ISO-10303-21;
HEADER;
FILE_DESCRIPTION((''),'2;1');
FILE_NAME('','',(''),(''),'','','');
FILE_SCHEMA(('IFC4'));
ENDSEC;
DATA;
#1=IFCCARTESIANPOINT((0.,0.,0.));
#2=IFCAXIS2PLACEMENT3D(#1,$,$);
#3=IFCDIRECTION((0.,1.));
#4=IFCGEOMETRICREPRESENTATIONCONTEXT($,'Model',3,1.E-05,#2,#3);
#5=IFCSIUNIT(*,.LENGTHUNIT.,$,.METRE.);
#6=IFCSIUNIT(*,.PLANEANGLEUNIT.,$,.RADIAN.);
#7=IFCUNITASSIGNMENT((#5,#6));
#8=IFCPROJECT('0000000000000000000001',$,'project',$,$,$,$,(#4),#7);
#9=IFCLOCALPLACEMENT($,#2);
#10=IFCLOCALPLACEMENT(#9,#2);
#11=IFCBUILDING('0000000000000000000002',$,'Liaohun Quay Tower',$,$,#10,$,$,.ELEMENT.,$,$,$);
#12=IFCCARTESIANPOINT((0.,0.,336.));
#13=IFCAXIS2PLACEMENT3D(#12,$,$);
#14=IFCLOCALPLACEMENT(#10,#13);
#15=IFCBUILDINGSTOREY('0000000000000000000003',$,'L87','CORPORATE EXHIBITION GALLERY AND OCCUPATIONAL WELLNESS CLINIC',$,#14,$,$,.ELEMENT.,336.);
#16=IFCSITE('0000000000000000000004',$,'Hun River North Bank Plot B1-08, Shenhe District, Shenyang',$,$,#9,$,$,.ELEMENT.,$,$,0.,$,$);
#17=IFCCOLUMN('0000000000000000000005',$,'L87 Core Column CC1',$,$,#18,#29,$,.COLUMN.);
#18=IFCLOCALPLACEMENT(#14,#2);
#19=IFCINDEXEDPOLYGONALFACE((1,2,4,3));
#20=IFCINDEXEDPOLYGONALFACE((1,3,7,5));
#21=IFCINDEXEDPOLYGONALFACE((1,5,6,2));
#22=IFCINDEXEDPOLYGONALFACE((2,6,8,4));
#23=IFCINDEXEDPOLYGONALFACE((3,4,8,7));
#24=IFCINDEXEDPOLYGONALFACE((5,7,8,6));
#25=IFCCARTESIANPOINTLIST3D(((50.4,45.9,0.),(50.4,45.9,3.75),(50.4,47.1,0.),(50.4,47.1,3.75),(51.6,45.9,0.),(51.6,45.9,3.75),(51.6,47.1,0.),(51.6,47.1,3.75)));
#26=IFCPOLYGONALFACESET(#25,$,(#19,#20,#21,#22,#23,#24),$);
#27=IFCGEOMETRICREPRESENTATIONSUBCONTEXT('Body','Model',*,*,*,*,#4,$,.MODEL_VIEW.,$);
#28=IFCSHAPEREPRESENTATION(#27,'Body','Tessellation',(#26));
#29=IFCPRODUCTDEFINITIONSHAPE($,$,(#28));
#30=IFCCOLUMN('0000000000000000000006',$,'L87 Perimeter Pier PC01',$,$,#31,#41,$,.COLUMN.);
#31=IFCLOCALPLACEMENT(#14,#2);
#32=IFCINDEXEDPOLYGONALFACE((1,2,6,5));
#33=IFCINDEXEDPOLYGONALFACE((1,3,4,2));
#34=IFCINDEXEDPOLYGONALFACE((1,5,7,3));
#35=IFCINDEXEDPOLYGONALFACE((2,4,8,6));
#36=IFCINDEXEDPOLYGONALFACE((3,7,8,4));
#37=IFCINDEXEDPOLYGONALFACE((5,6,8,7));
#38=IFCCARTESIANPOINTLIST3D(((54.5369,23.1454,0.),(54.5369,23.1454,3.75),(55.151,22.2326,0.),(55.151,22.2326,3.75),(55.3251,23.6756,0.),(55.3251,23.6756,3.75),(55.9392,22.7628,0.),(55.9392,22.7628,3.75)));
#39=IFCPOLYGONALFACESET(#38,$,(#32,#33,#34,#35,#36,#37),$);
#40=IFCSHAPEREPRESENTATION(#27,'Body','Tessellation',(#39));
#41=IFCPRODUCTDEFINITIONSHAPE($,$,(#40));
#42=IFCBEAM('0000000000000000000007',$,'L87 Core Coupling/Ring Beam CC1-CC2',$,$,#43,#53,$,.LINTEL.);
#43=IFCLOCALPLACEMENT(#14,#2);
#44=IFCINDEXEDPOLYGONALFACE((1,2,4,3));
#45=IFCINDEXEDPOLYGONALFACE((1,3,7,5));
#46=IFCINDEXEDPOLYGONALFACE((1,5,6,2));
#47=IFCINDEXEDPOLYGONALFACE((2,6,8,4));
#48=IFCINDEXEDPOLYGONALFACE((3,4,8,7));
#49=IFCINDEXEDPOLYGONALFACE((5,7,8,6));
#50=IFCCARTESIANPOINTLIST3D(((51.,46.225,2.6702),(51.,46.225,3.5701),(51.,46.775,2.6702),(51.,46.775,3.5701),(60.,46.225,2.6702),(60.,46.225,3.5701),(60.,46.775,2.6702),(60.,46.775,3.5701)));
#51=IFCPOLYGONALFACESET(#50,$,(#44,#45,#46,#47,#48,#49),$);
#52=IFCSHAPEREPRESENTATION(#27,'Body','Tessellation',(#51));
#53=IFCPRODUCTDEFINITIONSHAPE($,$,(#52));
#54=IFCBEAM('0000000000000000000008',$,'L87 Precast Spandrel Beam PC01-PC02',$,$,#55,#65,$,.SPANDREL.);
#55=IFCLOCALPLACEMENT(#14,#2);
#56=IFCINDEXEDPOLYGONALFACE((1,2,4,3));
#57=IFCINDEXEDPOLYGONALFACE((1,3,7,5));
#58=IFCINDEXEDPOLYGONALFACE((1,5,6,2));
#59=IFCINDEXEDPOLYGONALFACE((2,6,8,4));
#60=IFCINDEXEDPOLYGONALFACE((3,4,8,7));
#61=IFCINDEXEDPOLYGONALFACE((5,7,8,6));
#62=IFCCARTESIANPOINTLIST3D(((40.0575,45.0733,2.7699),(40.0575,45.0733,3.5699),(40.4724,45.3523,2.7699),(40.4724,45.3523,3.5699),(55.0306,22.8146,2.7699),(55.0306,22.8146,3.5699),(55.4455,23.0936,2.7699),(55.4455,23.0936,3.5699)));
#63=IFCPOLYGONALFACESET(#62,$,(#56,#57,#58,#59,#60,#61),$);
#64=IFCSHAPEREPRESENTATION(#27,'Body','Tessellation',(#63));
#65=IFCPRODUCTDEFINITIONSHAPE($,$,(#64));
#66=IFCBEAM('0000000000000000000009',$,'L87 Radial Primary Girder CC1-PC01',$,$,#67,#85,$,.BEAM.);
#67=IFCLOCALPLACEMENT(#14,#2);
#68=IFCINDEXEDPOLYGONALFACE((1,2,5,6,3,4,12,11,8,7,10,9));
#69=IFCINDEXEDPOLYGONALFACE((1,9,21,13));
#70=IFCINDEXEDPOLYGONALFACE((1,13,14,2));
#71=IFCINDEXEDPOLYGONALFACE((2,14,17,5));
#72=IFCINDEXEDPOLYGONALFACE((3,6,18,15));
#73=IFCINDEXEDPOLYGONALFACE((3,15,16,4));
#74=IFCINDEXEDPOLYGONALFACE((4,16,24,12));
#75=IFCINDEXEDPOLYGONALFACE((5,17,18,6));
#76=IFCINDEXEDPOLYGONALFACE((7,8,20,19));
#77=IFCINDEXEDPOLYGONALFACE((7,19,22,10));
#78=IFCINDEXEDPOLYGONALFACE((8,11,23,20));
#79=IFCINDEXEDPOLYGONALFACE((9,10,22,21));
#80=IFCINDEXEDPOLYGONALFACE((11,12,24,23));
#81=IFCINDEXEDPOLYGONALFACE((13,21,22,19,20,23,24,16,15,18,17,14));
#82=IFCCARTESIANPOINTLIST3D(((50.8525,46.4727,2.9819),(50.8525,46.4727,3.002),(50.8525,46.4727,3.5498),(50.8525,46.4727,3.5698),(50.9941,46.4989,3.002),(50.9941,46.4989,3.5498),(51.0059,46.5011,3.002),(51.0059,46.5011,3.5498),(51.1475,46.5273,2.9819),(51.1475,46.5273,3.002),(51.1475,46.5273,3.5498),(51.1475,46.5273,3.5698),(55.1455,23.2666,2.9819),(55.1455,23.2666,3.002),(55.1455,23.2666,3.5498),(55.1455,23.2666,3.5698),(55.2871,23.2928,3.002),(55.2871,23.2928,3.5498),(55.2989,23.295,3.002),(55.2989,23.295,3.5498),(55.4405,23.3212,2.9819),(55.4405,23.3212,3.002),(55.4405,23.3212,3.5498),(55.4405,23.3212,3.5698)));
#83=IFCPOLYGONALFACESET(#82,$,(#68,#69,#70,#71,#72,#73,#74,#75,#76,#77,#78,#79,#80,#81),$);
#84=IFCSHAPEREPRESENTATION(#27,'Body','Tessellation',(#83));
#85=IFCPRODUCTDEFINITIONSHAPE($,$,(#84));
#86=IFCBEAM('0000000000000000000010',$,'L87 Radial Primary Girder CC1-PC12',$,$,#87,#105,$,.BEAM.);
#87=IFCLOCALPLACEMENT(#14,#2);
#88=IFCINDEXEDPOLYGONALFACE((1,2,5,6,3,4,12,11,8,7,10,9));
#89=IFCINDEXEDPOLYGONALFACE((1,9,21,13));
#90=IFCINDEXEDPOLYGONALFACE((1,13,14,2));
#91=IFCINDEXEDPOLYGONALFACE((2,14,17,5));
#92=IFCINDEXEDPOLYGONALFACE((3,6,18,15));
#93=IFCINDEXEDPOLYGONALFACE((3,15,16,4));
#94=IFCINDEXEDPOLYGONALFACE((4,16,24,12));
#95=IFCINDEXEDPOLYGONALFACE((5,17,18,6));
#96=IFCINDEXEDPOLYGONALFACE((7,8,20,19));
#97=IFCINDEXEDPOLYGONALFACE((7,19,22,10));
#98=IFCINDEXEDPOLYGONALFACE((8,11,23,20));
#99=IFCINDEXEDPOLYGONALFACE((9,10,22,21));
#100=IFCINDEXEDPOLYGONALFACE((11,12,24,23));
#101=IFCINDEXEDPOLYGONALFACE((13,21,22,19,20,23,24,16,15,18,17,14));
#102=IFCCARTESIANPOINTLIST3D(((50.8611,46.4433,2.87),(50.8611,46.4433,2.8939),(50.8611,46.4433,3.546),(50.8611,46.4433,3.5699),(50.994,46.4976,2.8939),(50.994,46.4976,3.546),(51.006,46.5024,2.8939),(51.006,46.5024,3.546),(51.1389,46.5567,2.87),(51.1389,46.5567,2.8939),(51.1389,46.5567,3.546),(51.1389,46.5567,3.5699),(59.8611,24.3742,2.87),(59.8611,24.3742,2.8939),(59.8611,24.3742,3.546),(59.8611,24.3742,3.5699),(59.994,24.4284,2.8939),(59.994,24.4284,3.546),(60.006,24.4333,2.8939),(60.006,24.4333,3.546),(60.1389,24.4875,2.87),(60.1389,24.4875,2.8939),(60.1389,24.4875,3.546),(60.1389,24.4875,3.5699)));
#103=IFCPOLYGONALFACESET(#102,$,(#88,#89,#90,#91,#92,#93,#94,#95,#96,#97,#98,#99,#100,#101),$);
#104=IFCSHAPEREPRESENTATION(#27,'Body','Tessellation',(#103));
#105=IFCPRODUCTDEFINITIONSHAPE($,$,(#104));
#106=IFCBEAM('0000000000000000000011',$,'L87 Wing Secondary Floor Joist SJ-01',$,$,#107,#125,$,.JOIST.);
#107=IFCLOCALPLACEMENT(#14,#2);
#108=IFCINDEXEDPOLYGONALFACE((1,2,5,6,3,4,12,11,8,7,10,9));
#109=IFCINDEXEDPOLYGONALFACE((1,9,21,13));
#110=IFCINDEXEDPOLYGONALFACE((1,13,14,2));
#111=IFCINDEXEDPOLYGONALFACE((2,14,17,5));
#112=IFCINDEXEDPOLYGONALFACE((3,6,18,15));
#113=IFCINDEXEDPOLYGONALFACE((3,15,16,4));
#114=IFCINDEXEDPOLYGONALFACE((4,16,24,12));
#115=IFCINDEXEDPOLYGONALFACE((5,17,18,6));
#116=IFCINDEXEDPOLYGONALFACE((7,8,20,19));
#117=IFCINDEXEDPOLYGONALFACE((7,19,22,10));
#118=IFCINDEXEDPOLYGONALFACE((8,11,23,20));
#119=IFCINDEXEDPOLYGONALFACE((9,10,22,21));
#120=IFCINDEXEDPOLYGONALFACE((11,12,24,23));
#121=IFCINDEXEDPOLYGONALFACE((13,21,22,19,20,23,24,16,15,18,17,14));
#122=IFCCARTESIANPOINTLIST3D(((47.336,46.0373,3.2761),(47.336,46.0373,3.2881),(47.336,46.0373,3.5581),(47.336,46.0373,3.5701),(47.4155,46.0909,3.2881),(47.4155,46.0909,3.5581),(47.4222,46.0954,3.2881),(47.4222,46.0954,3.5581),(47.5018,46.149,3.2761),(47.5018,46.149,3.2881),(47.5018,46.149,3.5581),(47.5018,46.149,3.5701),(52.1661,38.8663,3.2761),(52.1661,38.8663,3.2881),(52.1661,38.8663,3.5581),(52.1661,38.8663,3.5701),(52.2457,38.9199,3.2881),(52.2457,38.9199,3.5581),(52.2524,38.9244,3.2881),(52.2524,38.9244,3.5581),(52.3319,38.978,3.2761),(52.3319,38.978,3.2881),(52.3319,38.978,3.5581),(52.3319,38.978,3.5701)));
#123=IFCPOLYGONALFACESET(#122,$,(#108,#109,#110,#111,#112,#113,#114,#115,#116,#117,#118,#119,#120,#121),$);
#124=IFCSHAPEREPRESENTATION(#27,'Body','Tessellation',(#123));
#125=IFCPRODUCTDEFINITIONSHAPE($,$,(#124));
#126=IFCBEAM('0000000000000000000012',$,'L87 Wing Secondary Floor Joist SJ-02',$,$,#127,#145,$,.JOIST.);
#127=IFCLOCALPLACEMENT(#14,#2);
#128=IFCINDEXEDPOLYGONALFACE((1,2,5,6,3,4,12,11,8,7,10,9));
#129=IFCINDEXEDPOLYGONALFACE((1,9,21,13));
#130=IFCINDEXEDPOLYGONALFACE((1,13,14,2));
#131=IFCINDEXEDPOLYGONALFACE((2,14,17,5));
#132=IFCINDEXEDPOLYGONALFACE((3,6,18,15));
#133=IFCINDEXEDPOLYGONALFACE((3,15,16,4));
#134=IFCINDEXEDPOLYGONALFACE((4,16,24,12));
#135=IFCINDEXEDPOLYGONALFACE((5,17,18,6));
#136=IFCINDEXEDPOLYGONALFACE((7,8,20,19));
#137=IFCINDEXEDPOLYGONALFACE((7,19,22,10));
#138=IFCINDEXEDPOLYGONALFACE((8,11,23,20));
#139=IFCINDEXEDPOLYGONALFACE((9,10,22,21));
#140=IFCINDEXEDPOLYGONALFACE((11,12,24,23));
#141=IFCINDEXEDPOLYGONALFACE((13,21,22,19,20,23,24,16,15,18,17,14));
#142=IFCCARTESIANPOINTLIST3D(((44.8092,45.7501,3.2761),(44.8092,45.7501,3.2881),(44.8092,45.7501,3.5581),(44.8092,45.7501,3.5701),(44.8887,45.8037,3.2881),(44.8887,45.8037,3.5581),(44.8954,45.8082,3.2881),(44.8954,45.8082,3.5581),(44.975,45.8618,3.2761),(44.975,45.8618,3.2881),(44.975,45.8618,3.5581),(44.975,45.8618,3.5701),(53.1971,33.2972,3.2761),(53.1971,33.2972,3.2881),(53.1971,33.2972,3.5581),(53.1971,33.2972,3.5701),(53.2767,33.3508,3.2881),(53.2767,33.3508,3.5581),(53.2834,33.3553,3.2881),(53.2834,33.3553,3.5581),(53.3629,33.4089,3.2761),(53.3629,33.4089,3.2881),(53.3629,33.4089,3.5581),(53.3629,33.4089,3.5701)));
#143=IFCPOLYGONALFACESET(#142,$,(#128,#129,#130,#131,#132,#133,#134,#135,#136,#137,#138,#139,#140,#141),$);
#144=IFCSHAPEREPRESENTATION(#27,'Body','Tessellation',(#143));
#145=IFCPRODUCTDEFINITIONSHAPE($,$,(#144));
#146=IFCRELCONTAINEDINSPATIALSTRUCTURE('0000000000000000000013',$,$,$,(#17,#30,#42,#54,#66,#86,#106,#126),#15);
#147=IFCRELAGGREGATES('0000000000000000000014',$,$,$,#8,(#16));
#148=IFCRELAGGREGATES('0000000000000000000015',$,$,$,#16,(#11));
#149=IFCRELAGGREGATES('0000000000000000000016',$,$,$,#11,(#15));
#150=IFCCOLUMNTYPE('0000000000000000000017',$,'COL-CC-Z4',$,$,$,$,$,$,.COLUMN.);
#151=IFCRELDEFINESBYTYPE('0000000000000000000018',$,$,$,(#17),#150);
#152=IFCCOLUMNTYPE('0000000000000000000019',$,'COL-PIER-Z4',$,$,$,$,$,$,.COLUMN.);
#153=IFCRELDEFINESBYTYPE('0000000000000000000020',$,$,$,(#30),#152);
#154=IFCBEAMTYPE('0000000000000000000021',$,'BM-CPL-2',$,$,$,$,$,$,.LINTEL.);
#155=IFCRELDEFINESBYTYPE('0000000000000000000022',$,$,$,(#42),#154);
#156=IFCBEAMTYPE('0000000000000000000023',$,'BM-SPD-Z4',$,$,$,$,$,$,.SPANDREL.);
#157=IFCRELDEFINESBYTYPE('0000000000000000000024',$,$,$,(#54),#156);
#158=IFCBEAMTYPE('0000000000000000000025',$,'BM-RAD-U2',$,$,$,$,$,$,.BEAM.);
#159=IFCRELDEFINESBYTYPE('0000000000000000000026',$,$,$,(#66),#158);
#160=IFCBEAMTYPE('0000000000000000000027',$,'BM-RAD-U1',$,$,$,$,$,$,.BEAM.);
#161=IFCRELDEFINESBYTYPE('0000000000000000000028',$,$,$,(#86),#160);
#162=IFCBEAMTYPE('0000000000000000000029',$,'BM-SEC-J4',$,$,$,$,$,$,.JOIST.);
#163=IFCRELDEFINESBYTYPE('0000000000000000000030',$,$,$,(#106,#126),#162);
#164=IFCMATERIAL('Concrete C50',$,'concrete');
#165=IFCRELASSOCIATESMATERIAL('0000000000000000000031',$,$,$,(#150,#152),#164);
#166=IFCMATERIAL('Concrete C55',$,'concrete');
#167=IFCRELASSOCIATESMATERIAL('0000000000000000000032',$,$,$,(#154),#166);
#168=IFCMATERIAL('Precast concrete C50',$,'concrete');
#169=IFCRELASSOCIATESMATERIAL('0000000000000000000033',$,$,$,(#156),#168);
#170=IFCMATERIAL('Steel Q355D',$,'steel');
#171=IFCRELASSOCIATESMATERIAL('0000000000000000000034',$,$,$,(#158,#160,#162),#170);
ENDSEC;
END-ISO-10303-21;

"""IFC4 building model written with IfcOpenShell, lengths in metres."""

from ifc_helpers import new_model, si_unit, direction, frame, origin, origin_2d, place, context, subcontext, project, spatial, rectangle, i_section, extrude, source, transform, mapped, material, material_profile, profile_set, type_object, element, save


model = new_model("IFC4")

# Units and contexts
model_context = context("Model", 3, precision=1e-05, world=origin(), true_north=direction((0.0, 1.0)))
body_context = subcontext(model_context, "Body", "Model", "MODEL_VIEW")
ifc_project = project(units=[si_unit("LENGTHUNIT", "METRE"), si_unit("PLANEANGLEUNIT", "RADIAN")], contexts=[model_context])

# Site, building, storey
site_placement = place(None, origin())
site = spatial("IfcSite", under=ifc_project, at=site_placement, Name="Hun River North Bank Plot B1-08, Shenhe District, Shenyang", CompositionType="ELEMENT", RefElevation=0.0)
building_placement = place(site_placement, origin())
building = spatial("IfcBuilding", under=site, at=building_placement, Name="Liaohun Quay Tower", CompositionType="ELEMENT")
storey_placement = place(building_placement, frame((0.0, 0.0, 336.0)))
storey = spatial("IfcBuildingStorey", under=building, at=storey_placement, Name="L87", Description="CORPORATE EXHIBITION GALLERY AND OCCUPATIONAL WELLNESS CLINIC", CompositionType="ELEMENT", Elevation=336.0)

# Columns
ifc_material_1 = material(Name="Concrete C50", Category="concrete")
ifc_material_profile_1 = material_profile(ifc_material_1, rectangle(XDim=1.2, YDim=1.2, at=origin_2d()), Name="RC1200x1200")
ifc_profile_set_1 = profile_set([ifc_material_profile_1], Name="Concrete C50")
column_type_1 = type_object("IfcColumnType", Name="COL-CC-Z4", PredefinedType="COLUMN", material=ifc_profile_set_1)
shared_shape_1 = source(origin(), body_context, "Body", "SweptSolid", [
    extrude(rectangle(XDim=1.2, YDim=1.2, at=origin_2d()), origin(), (0.0, 0.0, 1.0), 3.75),
])
column_1_placement = place(storey_placement, frame((51.0, 46.5, 0.0), z_axis=(0.0, 0.0, 1.0), x_axis=(1.0, 0.0, 0.0)))
element("IfcColumn", 1, at=column_1_placement, inside=storey, type_object=column_type_1, Name="L87 Core Column CC1", PredefinedType="COLUMN", context=body_context, shape_type="MappedRepresentation", body=[
    mapped(shared_shape_1, transform((0.0, 0.0, 0.0), x_axis=(1.0, 0.0, 0.0), y_axis=(0.0, 1.0, 0.0), z_axis=(0.0, 0.0, 1.0), scale=1.0)),
])
ifc_material_profile_2 = material_profile(ifc_material_1, rectangle(XDim=1.1001, YDim=0.95, at=origin_2d()), Name="RC1100x950")
ifc_profile_set_2 = profile_set([ifc_material_profile_2], Name="Concrete C50")
column_type_2 = type_object("IfcColumnType", Name="COL-PIER-Z4", PredefinedType="COLUMN", material=ifc_profile_set_2)
shared_shape_2 = source(origin(), body_context, "Body", "SweptSolid", [
    extrude(rectangle(XDim=1.1001, YDim=0.95, at=origin_2d()), origin(), (0.0, 0.0, 1.0), 3.75),
])
column_2_placement = place(storey_placement, frame((55.238, 22.9541, 0.0), z_axis=(0.0, 0.0, 1.0), x_axis=(-0.55818, 0.82972, 0.0)))
element("IfcColumn", 2, at=column_2_placement, inside=storey, type_object=column_type_2, Name="L87 Perimeter Pier PC01", PredefinedType="COLUMN", context=body_context, shape_type="MappedRepresentation", body=[
    mapped(shared_shape_2, transform((0.0, 0.0, 0.0), x_axis=(1.0, 0.0, 0.0), y_axis=(0.0, 1.0, 0.0), z_axis=(0.0, 0.0, 1.0), scale=1.0)),
])

# Beams
ifc_material_2 = material(Name="Concrete C55", Category="concrete")
ifc_material_profile_3 = material_profile(ifc_material_2, rectangle(XDim=0.55, YDim=0.8999, at=origin_2d()), Name="RC550x900")
ifc_profile_set_3 = profile_set([ifc_material_profile_3], Name="Concrete C55")
beam_type_1 = type_object("IfcBeamType", Name="BM-CPL-2", PredefinedType="LINTEL", material=ifc_profile_set_3)
shared_shape_3 = source(origin(), body_context, "Body", "SweptSolid", [
    extrude(rectangle(XDim=0.55, YDim=0.8999, at=origin_2d()), origin(), (0.0, 0.0, 1.0), 9.0),
])
beam_1_placement = place(storey_placement, frame((51.0, 46.5, 3.1201), z_axis=(1.0, 0.0, 0.0), x_axis=(0.0, 1.0, 0.0)))
element("IfcBeam", 3, at=beam_1_placement, inside=storey, type_object=beam_type_1, Name="L87 Core Coupling/Ring Beam CC1-CC2", PredefinedType="LINTEL", context=body_context, shape_type="MappedRepresentation", body=[
    mapped(shared_shape_3, transform((0.0, 0.0, 0.0), x_axis=(1.0, 0.0, 0.0), y_axis=(0.0, 1.0, 0.0), z_axis=(0.0, 0.0, 1.0), scale=1.0)),
])
ifc_material_3 = material(Name="Precast concrete C50", Category="concrete")
ifc_material_profile_4 = material_profile(ifc_material_3, rectangle(XDim=0.5, YDim=0.8, at=origin_2d()), Name="RC500x800")
ifc_profile_set_4 = profile_set([ifc_material_profile_4], Name="Precast concrete C50")
beam_type_2 = type_object("IfcBeamType", Name="BM-SPD-Z4", PredefinedType="SPANDREL", material=ifc_profile_set_4)
shared_shape_4 = source(origin(), body_context, "Body", "SweptSolid", [
    extrude(rectangle(XDim=0.5, YDim=0.8, at=origin_2d()), origin(), (0.0, 0.0, 1.0), 26.8262),
])
beam_2_placement = place(storey_placement, frame((55.238, 22.9541, 3.1699), z_axis=(-0.558152, 0.829739, 0.0), x_axis=(-0.829739, -0.558152, 0.0)))
element("IfcBeam", 4, at=beam_2_placement, inside=storey, type_object=beam_type_2, Name="L87 Precast Spandrel Beam PC01-PC02", PredefinedType="SPANDREL", context=body_context, shape_type="MappedRepresentation", body=[
    mapped(shared_shape_4, transform((0.0, 0.0, 0.0), x_axis=(1.0, 0.0, 0.0), y_axis=(0.0, 1.0, 0.0), z_axis=(0.0, 0.0, 1.0), scale=1.0)),
])
ifc_material_4 = material(Name="Steel Q355D", Category="steel")
ifc_material_profile_5 = material_profile(ifc_material_4, i_section(OverallWidth=0.3, OverallDepth=0.5879, WebThickness=0.012, FlangeThickness=0.02, at=origin_2d()), Name="HM588x300x12x20")
ifc_profile_set_5 = profile_set([ifc_material_profile_5], Name="Steel Q355D")
beam_type_3 = type_object("IfcBeamType", Name="BM-RAD-U2", PredefinedType="BEAM", material=ifc_profile_set_5)
shared_shape_5 = source(origin(), body_context, "Body", "SweptSolid", [
    extrude(i_section(OverallWidth=0.3, OverallDepth=0.5879, WebThickness=0.012, FlangeThickness=0.02, at=origin_2d()), origin(), (0.0, 0.0, 1.0), 23.5999),
])
beam_3_placement = place(storey_placement, frame((51.0, 46.5, 3.2759), z_axis=(0.181907, -0.983316, 0.0), x_axis=(0.983316, 0.181907, 0.0)))
element("IfcBeam", 5, at=beam_3_placement, inside=storey, type_object=beam_type_3, Name="L87 Radial Primary Girder CC1-PC01", PredefinedType="BEAM", context=body_context, shape_type="MappedRepresentation", body=[
    mapped(shared_shape_5, transform((0.0, 0.0, 0.0), x_axis=(1.0, 0.0, 0.0), y_axis=(0.0, 1.0, 0.0), z_axis=(0.0, 0.0, 1.0), scale=1.0)),
])
ifc_material_profile_6 = material_profile(ifc_material_4, i_section(OverallWidth=0.3, OverallDepth=0.7, WebThickness=0.0129, FlangeThickness=0.0239, at=origin_2d()), Name="HN700x300x13x24")
ifc_profile_set_6 = profile_set([ifc_material_profile_6], Name="Steel Q355D")
beam_type_4 = type_object("IfcBeamType", Name="BM-RAD-U1", PredefinedType="BEAM", material=ifc_profile_set_6)
shared_shape_6 = source(origin(), body_context, "Body", "SweptSolid", [
    extrude(i_section(OverallWidth=0.3, OverallDepth=0.7, WebThickness=0.0129, FlangeThickness=0.0239, at=origin_2d()), origin(), (0.0, 0.0, 1.0), 23.8337),
])
beam_4_placement = place(storey_placement, frame((51.0, 46.5, 3.22), z_axis=(0.377617, -0.925962, 0.0), x_axis=(0.925962, 0.377617, 0.0)))
element("IfcBeam", 6, at=beam_4_placement, inside=storey, type_object=beam_type_4, Name="L87 Radial Primary Girder CC1-PC12", PredefinedType="BEAM", context=body_context, shape_type="MappedRepresentation", body=[
    mapped(shared_shape_6, transform((0.0, 0.0, 0.0), x_axis=(1.0, 0.0, 0.0), y_axis=(0.0, 1.0, 0.0), z_axis=(0.0, 0.0, 1.0), scale=1.0)),
])
ifc_material_profile_7 = material_profile(ifc_material_4, i_section(OverallWidth=0.2, OverallDepth=0.2939, WebThickness=0.0081, FlangeThickness=0.012, at=origin_2d()), Name="HM294x200x8x12")
ifc_profile_set_7 = profile_set([ifc_material_profile_7], Name="Steel Q355D")
beam_type_5 = type_object("IfcBeamType", Name="BM-SEC-J4", PredefinedType="JOIST", material=ifc_profile_set_7)
shared_shape_7 = source(origin(), body_context, "Body", "SweptSolid", [
    extrude(i_section(OverallWidth=0.2, OverallDepth=0.2939, WebThickness=0.0081, FlangeThickness=0.012, at=origin_2d()), origin(), (0.0, 0.0, 1.0), 8.646),
])
beam_5_placement = place(storey_placement, frame((52.249, 38.9221, 3.4231), z_axis=(-0.558656, 0.8294, 0.0), x_axis=(-0.8294, -0.558656, 0.0)))
element("IfcBeam", 7, at=beam_5_placement, inside=storey, type_object=beam_type_5, Name="L87 Wing Secondary Floor Joist SJ-01", PredefinedType="JOIST", context=body_context, shape_type="MappedRepresentation", body=[
    mapped(shared_shape_7, transform((0.0, 0.0, 0.0), x_axis=(1.0, 0.0, 0.0), y_axis=(0.0, 1.0, 0.0), z_axis=(0.0, 0.0, 1.0), scale=1.0)),
])
shared_shape_8 = source(origin(), body_context, "Body", "SweptSolid", [
    extrude(i_section(OverallWidth=0.2, OverallDepth=0.2939, WebThickness=0.0081, FlangeThickness=0.012, at=origin_2d()), origin(), (0.0, 0.0, 1.0), 15.0144),
])
beam_6_placement = place(storey_placement, frame((53.28, 33.353, 3.4231), z_axis=(-0.55866, 0.829397, 0.0), x_axis=(-0.829397, -0.55866, 0.0)))
element("IfcBeam", 8, at=beam_6_placement, inside=storey, type_object=beam_type_5, Name="L87 Wing Secondary Floor Joist SJ-02", PredefinedType="JOIST", context=body_context, shape_type="MappedRepresentation", body=[
    mapped(shared_shape_8, transform((0.0, 0.0, 0.0), x_axis=(1.0, 0.0, 0.0), y_axis=(0.0, 1.0, 0.0), z_axis=(0.0, 0.0, 1.0), scale=1.0)),
])

save(model, "model.ifc")
